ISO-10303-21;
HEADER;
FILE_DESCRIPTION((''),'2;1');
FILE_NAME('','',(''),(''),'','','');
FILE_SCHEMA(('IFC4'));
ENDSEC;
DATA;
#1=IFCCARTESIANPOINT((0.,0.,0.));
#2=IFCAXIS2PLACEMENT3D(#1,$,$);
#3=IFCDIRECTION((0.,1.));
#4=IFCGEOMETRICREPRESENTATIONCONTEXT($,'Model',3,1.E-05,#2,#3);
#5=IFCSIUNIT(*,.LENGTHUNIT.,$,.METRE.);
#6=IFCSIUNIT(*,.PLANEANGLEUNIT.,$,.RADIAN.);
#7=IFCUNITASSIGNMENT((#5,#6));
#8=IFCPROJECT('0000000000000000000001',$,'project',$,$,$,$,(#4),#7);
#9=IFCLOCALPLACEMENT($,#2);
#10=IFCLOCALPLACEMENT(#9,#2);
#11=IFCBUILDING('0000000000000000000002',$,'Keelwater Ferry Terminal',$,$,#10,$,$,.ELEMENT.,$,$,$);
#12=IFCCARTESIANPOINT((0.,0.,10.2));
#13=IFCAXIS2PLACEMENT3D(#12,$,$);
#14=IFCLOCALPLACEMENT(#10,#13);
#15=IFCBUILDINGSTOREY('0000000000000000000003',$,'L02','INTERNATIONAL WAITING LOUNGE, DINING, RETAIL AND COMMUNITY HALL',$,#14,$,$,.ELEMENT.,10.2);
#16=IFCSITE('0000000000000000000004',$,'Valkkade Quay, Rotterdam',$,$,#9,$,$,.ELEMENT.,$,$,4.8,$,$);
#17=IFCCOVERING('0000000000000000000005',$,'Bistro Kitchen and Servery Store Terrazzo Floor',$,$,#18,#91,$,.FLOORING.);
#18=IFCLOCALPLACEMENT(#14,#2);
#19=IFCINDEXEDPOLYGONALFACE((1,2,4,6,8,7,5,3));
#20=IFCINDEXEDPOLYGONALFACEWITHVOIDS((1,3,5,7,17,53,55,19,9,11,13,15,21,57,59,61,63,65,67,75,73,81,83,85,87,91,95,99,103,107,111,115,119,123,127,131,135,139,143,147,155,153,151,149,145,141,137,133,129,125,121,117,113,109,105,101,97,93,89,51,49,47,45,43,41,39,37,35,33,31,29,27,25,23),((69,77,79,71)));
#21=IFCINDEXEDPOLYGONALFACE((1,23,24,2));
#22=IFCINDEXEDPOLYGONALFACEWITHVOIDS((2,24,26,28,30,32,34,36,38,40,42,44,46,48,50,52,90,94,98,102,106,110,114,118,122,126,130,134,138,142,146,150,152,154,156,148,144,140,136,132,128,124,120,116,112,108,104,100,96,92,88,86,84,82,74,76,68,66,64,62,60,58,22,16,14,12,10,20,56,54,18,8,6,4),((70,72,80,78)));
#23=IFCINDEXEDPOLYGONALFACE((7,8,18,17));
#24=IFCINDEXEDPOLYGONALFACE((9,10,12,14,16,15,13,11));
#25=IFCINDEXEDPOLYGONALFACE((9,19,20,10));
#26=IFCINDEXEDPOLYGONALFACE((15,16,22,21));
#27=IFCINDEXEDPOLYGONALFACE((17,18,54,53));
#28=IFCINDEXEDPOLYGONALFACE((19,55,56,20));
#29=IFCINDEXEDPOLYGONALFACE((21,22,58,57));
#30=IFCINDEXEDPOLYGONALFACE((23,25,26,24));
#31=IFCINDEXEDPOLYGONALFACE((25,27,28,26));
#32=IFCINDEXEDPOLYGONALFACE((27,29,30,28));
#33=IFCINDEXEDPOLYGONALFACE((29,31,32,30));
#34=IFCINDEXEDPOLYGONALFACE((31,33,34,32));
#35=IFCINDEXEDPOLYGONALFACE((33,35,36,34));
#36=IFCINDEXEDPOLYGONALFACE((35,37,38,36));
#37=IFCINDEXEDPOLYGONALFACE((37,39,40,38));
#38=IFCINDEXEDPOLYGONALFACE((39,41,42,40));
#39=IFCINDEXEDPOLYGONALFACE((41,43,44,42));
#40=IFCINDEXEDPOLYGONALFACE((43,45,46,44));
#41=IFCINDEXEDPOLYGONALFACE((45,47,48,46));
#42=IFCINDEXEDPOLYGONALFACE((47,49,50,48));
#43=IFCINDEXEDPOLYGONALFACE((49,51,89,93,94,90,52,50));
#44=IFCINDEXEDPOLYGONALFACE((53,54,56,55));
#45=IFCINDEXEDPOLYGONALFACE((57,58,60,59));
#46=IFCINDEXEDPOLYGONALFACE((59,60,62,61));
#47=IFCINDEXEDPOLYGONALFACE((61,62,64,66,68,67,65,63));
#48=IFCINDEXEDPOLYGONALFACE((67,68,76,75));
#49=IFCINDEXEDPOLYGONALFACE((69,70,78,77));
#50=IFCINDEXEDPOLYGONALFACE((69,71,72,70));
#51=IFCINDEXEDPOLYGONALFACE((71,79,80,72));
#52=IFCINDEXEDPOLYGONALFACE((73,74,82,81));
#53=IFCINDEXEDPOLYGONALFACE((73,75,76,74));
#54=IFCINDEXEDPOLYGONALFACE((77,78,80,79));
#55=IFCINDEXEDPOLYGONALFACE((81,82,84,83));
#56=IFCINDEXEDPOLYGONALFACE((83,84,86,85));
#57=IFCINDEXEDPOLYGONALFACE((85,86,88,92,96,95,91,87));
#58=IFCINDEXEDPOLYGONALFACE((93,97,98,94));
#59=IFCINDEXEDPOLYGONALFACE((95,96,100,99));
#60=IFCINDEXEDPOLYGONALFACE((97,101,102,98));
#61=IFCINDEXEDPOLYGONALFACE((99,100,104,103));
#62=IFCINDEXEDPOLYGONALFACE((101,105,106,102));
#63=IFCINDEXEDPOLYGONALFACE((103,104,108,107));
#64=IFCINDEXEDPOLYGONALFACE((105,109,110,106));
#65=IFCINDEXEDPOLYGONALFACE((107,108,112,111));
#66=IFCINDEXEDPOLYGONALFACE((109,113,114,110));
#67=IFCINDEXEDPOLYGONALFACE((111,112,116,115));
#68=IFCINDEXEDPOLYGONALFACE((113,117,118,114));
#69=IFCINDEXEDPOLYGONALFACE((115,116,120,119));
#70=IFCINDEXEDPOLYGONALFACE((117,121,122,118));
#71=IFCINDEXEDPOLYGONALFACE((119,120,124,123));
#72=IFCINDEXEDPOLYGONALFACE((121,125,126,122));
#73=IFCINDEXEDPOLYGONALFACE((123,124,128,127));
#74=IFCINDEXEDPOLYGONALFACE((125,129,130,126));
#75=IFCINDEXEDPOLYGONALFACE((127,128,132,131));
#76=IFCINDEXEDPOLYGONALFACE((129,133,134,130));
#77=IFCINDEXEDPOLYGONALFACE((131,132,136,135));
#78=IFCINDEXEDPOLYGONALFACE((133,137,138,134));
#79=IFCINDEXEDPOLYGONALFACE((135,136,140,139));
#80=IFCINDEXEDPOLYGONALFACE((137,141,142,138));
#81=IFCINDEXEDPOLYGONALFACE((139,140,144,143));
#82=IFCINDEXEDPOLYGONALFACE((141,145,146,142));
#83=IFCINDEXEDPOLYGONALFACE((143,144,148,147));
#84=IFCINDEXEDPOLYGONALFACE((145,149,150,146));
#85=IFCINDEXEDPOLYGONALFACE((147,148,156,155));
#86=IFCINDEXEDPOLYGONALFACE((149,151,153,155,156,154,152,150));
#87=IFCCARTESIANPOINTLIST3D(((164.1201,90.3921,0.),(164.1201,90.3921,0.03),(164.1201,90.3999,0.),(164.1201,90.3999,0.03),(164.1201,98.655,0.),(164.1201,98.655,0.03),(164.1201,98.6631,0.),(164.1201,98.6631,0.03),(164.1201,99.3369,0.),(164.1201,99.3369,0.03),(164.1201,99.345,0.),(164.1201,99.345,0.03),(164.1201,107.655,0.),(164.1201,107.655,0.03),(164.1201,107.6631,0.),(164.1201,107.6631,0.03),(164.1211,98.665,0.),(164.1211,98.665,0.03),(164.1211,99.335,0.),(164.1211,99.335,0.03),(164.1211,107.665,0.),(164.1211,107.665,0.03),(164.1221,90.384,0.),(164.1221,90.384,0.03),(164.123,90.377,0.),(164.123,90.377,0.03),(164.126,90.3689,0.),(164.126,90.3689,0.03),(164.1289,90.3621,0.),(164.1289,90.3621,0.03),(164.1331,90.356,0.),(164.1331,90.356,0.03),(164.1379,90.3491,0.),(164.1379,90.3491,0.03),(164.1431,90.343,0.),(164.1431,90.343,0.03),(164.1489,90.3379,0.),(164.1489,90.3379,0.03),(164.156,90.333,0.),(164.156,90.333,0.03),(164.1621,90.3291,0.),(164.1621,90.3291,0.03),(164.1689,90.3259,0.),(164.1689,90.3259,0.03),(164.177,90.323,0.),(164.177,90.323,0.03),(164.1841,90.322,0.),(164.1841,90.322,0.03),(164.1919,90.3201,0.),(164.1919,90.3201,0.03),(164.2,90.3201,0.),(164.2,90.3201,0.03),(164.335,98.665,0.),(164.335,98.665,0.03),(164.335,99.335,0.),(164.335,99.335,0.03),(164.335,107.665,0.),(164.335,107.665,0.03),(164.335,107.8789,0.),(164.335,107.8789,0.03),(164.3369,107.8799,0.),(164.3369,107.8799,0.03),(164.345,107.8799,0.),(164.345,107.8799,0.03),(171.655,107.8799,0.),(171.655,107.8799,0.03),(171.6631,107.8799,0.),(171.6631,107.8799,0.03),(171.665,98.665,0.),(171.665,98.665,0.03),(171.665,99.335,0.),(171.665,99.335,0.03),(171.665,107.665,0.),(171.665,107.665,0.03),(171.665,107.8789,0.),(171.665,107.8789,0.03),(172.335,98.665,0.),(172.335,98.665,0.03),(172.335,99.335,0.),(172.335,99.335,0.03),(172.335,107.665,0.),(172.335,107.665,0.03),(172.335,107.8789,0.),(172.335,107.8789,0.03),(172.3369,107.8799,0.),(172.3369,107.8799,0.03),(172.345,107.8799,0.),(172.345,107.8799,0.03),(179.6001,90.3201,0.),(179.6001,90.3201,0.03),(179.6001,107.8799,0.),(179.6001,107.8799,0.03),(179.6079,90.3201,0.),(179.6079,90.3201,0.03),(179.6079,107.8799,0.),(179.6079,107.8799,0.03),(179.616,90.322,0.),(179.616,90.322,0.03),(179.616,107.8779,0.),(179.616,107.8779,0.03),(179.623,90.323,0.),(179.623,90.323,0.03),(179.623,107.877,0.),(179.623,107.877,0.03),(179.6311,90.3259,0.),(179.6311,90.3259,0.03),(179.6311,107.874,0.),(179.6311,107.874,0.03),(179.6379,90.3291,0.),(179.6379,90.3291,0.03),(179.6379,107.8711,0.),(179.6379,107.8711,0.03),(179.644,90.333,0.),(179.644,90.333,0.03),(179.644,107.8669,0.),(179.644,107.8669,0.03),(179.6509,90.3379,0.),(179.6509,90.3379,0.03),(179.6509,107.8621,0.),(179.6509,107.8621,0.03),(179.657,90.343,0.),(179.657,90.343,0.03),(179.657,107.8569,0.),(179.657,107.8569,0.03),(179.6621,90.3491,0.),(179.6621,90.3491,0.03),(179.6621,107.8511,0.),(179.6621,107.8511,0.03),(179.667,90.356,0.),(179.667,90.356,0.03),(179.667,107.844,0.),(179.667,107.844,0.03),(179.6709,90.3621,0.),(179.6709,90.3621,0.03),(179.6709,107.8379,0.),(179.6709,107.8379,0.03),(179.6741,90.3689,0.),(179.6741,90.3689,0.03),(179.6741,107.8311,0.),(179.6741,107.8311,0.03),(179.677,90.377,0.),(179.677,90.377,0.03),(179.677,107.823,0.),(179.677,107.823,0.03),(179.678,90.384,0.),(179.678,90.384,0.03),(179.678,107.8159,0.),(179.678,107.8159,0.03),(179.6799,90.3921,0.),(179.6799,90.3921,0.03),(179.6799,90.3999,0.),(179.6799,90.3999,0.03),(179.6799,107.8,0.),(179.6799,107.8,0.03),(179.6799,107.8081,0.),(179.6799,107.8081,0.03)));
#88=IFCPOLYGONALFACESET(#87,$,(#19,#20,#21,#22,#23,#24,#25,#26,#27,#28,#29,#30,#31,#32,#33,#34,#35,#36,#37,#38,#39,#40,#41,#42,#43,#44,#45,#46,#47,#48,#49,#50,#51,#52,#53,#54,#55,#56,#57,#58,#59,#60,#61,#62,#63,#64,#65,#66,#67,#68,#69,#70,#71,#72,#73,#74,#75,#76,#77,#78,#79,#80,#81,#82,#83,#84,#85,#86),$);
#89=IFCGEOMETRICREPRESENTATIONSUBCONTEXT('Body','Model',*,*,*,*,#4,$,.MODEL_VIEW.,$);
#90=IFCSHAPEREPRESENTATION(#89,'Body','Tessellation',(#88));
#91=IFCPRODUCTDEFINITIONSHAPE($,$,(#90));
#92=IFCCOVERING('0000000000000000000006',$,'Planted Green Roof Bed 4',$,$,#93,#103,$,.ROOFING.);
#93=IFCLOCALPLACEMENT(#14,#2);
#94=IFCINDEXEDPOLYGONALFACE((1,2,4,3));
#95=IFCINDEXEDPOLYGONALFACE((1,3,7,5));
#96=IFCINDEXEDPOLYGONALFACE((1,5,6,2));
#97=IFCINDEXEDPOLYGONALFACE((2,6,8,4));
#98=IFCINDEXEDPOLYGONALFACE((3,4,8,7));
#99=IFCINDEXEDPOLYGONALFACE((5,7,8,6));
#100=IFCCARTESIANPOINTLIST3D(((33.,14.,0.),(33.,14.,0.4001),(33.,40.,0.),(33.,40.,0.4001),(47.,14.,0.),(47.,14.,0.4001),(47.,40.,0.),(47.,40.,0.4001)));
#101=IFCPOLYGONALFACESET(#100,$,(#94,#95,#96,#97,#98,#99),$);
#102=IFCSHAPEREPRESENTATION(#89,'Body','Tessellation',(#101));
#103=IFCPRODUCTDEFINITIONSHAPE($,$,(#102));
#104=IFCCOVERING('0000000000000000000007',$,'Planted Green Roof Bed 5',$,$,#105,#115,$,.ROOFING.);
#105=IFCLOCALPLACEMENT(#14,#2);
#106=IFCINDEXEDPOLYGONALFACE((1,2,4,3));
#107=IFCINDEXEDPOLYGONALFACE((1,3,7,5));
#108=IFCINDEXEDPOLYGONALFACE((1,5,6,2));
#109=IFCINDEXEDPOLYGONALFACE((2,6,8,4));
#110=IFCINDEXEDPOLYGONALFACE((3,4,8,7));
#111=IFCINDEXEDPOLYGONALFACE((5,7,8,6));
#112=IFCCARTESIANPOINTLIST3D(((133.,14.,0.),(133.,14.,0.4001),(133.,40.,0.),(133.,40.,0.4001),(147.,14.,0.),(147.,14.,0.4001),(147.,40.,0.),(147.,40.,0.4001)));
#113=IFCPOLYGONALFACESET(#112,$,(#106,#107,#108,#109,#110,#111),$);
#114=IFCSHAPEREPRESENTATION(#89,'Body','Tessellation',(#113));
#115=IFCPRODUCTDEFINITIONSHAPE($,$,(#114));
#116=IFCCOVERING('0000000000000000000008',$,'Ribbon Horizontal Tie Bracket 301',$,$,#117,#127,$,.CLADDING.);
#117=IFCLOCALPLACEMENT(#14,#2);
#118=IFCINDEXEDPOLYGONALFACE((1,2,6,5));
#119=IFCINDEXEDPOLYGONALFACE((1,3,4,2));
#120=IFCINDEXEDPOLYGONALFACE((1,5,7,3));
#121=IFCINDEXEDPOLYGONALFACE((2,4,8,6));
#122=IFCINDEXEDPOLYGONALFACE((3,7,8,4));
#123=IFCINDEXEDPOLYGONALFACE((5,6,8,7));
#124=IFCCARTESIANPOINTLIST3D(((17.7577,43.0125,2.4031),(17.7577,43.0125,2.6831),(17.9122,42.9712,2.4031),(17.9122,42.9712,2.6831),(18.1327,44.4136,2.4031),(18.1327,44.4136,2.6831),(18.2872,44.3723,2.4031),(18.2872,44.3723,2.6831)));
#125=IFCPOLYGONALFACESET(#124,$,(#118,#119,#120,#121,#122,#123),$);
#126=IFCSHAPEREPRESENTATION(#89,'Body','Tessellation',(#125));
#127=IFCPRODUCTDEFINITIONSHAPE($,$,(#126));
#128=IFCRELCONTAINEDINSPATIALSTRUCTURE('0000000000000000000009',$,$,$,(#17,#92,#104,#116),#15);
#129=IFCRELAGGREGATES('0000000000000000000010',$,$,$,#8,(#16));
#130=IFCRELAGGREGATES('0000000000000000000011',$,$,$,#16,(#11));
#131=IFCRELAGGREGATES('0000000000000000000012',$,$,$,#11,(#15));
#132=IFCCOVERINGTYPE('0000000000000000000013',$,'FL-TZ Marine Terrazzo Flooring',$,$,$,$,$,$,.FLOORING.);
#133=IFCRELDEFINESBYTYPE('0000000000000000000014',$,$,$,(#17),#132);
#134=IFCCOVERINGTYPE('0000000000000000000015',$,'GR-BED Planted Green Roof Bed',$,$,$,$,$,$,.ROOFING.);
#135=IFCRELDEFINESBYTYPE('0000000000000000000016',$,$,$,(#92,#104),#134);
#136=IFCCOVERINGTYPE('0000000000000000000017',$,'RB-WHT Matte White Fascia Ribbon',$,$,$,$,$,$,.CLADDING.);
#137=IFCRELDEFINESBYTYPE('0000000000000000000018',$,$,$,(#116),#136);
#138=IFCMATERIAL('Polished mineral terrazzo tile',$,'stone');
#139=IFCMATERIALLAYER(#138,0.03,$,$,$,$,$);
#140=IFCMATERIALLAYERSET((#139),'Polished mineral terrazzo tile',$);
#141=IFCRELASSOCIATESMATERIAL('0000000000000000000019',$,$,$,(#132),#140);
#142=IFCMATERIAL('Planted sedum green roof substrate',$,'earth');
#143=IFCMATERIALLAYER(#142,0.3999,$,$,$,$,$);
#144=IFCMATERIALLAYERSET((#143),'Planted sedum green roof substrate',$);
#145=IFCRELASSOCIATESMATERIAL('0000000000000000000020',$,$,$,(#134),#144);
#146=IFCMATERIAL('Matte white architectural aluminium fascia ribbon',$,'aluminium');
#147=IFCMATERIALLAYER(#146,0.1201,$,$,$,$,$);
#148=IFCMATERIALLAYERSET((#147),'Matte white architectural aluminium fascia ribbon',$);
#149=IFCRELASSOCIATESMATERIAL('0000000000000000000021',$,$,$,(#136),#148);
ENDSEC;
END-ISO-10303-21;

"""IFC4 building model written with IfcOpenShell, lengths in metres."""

from ifc_helpers import new_model, si_unit, direction, frame, frame_2d, origin, place, context, subcontext, project, spatial, polyline, rectangle, outline, extrude, material, layer, layer_set, type_object, element, save


model = new_model("IFC4")

# Units and contexts
model_context = context("Model", 3, precision=1e-05, world=origin(), true_north=direction((0.0, 1.0)))
body_context = subcontext(model_context, "Body", "Model", "MODEL_VIEW")
ifc_project = project(units=[si_unit("LENGTHUNIT", "METRE"), si_unit("PLANEANGLEUNIT", "RADIAN")], contexts=[model_context])

# Site, building, storey
site_placement = place(None, origin())
site = spatial("IfcSite", under=ifc_project, at=site_placement, Name="Valkkade Quay, Rotterdam", CompositionType="ELEMENT", RefElevation=4.8)
building_placement = place(site_placement, origin())
building = spatial("IfcBuilding", under=site, at=building_placement, Name="Keelwater Ferry Terminal", CompositionType="ELEMENT")
storey_placement = place(building_placement, frame((0.0, 0.0, 10.2)))
storey = spatial("IfcBuildingStorey", under=building, at=storey_placement, Name="L02", Description="INTERNATIONAL WAITING LOUNGE, DINING, RETAIL AND COMMUNITY HALL", CompositionType="ELEMENT", Elevation=10.2)

# Coverings
ifc_material_1 = material(Name="Polished mineral terrazzo tile", Category="stone")
ifc_layer_1 = layer(ifc_material_1, 0.03)
ifc_layer_set_1 = layer_set([ifc_layer_1], Name="Polished mineral terrazzo tile")
covering_type_1 = type_object("IfcCoveringType", Name="FL-TZ Marine Terrazzo Flooring", PredefinedType="FLOORING", material=ifc_layer_set_1)
covering_1_placement = place(storey_placement, origin())
element("IfcCovering", 1, at=covering_1_placement, inside=storey, type_object=covering_type_1, Name="Bistro Kitchen and Servery Store Terrazzo Floor", PredefinedType="FLOORING", context=body_context, shape_type="SweptSolid", body=[
    extrude(outline(polyline([(171.665, 107.8789), (171.665, 107.665), (172.335, 107.665), (172.335, 107.8789), (172.3369, 107.8799), (172.345, 107.8799), (179.6001, 107.8799), (179.6079, 107.8799), (179.616, 107.8779), (179.623, 107.877), (179.6311, 107.874), (179.6379, 107.8711), (179.644, 107.8669), (179.6509, 107.8621), (179.657, 107.8569), (179.6621, 107.8511), (179.667, 107.844), (179.6709, 107.8379), (179.6741, 107.8311), (179.677, 107.823), (179.678, 107.8159), (179.6799, 107.8081), (179.6799, 107.8), (179.6799, 90.3999), (179.6799, 90.3921), (179.678, 90.384), (179.677, 90.377), (179.6741, 90.3689), (179.6709, 90.3621), (179.667, 90.356), (179.6621, 90.3491), (179.657, 90.343), (179.6509, 90.3379), (179.644, 90.333), (179.6379, 90.3291), (179.6311, 90.3259), (179.623, 90.323), (179.616, 90.322), (179.6079, 90.3201), (179.6001, 90.3201), (164.2, 90.3201), (164.1919, 90.3201), (164.1841, 90.322), (164.177, 90.323), (164.1689, 90.3259), (164.1621, 90.3291), (164.156, 90.333), (164.1489, 90.3379), (164.1431, 90.343), (164.1379, 90.3491), (164.1331, 90.356), (164.1289, 90.3621), (164.126, 90.3689), (164.123, 90.377), (164.1221, 90.384), (164.1201, 90.3921), (164.1201, 90.3999), (164.1201, 98.655), (164.1201, 98.6631), (164.1211, 98.665), (164.335, 98.665), (164.335, 99.335), (164.1211, 99.335), (164.1201, 99.3369), (164.1201, 99.345), (164.1201, 107.655), (164.1201, 107.6631), (164.1211, 107.665), (164.335, 107.665), (164.335, 107.8789), (164.3369, 107.8799), (164.345, 107.8799), (171.655, 107.8799), (171.6631, 107.8799), (171.665, 107.8789)]), holes=[polyline([(171.665, 99.335), (171.665, 98.665), (172.335, 98.665), (172.335, 99.335), (171.665, 99.335)])]), origin(), (0.0, 0.0, 1.0), 0.03),
])
ifc_material_2 = material(Name="Planted sedum green roof substrate", Category="earth")
ifc_layer_2 = layer(ifc_material_2, 0.3999)
ifc_layer_set_2 = layer_set([ifc_layer_2], Name="Planted sedum green roof substrate")
covering_type_2 = type_object("IfcCoveringType", Name="GR-BED Planted Green Roof Bed", PredefinedType="ROOFING", material=ifc_layer_set_2)
covering_2_placement = place(storey_placement, origin())
element("IfcCovering", 2, at=covering_2_placement, inside=storey, type_object=covering_type_2, Name="Planted Green Roof Bed 4", PredefinedType="ROOFING", context=body_context, shape_type="SweptSolid", body=[
    extrude(outline(polyline([(33.0, 14.0), (47.0, 14.0), (47.0, 40.0), (33.0, 40.0), (33.0, 14.0)])), origin(), (0.0, 0.0, 1.0), 0.4001),
])
covering_3_placement = place(storey_placement, origin())
element("IfcCovering", 3, at=covering_3_placement, inside=storey, type_object=covering_type_2, Name="Planted Green Roof Bed 5", PredefinedType="ROOFING", context=body_context, shape_type="SweptSolid", body=[
    extrude(outline(polyline([(133.0, 14.0), (147.0, 14.0), (147.0, 40.0), (133.0, 40.0), (133.0, 14.0)])), origin(), (0.0, 0.0, 1.0), 0.4001),
])
ifc_material_3 = material(Name="Matte white architectural aluminium fascia ribbon", Category="aluminium")
ifc_layer_3 = layer(ifc_material_3, 0.1201)
ifc_layer_set_3 = layer_set([ifc_layer_3], Name="Matte white architectural aluminium fascia ribbon")
covering_type_3 = type_object("IfcCoveringType", Name="RB-WHT Matte White Fascia Ribbon", PredefinedType="CLADDING", material=ifc_layer_set_3)
covering_4_placement = place(storey_placement, frame((17.835, 42.9919, 2.4031), z_axis=(0.0, 0.0, 1.0), x_axis=(0.258543, 0.966, 0.0)))
element("IfcCovering", 4, at=covering_4_placement, inside=storey, type_object=covering_type_3, Name="Ribbon Horizontal Tie Bracket 301", PredefinedType="CLADDING", context=body_context, shape_type="SweptSolid", body=[
    extrude(rectangle(XDim=1.4504, YDim=0.1599, at=frame_2d((0.7251, 0.0))), origin(), (0.0, 0.0, 1.0), 0.28),
])

save(model, "model.ifc")
